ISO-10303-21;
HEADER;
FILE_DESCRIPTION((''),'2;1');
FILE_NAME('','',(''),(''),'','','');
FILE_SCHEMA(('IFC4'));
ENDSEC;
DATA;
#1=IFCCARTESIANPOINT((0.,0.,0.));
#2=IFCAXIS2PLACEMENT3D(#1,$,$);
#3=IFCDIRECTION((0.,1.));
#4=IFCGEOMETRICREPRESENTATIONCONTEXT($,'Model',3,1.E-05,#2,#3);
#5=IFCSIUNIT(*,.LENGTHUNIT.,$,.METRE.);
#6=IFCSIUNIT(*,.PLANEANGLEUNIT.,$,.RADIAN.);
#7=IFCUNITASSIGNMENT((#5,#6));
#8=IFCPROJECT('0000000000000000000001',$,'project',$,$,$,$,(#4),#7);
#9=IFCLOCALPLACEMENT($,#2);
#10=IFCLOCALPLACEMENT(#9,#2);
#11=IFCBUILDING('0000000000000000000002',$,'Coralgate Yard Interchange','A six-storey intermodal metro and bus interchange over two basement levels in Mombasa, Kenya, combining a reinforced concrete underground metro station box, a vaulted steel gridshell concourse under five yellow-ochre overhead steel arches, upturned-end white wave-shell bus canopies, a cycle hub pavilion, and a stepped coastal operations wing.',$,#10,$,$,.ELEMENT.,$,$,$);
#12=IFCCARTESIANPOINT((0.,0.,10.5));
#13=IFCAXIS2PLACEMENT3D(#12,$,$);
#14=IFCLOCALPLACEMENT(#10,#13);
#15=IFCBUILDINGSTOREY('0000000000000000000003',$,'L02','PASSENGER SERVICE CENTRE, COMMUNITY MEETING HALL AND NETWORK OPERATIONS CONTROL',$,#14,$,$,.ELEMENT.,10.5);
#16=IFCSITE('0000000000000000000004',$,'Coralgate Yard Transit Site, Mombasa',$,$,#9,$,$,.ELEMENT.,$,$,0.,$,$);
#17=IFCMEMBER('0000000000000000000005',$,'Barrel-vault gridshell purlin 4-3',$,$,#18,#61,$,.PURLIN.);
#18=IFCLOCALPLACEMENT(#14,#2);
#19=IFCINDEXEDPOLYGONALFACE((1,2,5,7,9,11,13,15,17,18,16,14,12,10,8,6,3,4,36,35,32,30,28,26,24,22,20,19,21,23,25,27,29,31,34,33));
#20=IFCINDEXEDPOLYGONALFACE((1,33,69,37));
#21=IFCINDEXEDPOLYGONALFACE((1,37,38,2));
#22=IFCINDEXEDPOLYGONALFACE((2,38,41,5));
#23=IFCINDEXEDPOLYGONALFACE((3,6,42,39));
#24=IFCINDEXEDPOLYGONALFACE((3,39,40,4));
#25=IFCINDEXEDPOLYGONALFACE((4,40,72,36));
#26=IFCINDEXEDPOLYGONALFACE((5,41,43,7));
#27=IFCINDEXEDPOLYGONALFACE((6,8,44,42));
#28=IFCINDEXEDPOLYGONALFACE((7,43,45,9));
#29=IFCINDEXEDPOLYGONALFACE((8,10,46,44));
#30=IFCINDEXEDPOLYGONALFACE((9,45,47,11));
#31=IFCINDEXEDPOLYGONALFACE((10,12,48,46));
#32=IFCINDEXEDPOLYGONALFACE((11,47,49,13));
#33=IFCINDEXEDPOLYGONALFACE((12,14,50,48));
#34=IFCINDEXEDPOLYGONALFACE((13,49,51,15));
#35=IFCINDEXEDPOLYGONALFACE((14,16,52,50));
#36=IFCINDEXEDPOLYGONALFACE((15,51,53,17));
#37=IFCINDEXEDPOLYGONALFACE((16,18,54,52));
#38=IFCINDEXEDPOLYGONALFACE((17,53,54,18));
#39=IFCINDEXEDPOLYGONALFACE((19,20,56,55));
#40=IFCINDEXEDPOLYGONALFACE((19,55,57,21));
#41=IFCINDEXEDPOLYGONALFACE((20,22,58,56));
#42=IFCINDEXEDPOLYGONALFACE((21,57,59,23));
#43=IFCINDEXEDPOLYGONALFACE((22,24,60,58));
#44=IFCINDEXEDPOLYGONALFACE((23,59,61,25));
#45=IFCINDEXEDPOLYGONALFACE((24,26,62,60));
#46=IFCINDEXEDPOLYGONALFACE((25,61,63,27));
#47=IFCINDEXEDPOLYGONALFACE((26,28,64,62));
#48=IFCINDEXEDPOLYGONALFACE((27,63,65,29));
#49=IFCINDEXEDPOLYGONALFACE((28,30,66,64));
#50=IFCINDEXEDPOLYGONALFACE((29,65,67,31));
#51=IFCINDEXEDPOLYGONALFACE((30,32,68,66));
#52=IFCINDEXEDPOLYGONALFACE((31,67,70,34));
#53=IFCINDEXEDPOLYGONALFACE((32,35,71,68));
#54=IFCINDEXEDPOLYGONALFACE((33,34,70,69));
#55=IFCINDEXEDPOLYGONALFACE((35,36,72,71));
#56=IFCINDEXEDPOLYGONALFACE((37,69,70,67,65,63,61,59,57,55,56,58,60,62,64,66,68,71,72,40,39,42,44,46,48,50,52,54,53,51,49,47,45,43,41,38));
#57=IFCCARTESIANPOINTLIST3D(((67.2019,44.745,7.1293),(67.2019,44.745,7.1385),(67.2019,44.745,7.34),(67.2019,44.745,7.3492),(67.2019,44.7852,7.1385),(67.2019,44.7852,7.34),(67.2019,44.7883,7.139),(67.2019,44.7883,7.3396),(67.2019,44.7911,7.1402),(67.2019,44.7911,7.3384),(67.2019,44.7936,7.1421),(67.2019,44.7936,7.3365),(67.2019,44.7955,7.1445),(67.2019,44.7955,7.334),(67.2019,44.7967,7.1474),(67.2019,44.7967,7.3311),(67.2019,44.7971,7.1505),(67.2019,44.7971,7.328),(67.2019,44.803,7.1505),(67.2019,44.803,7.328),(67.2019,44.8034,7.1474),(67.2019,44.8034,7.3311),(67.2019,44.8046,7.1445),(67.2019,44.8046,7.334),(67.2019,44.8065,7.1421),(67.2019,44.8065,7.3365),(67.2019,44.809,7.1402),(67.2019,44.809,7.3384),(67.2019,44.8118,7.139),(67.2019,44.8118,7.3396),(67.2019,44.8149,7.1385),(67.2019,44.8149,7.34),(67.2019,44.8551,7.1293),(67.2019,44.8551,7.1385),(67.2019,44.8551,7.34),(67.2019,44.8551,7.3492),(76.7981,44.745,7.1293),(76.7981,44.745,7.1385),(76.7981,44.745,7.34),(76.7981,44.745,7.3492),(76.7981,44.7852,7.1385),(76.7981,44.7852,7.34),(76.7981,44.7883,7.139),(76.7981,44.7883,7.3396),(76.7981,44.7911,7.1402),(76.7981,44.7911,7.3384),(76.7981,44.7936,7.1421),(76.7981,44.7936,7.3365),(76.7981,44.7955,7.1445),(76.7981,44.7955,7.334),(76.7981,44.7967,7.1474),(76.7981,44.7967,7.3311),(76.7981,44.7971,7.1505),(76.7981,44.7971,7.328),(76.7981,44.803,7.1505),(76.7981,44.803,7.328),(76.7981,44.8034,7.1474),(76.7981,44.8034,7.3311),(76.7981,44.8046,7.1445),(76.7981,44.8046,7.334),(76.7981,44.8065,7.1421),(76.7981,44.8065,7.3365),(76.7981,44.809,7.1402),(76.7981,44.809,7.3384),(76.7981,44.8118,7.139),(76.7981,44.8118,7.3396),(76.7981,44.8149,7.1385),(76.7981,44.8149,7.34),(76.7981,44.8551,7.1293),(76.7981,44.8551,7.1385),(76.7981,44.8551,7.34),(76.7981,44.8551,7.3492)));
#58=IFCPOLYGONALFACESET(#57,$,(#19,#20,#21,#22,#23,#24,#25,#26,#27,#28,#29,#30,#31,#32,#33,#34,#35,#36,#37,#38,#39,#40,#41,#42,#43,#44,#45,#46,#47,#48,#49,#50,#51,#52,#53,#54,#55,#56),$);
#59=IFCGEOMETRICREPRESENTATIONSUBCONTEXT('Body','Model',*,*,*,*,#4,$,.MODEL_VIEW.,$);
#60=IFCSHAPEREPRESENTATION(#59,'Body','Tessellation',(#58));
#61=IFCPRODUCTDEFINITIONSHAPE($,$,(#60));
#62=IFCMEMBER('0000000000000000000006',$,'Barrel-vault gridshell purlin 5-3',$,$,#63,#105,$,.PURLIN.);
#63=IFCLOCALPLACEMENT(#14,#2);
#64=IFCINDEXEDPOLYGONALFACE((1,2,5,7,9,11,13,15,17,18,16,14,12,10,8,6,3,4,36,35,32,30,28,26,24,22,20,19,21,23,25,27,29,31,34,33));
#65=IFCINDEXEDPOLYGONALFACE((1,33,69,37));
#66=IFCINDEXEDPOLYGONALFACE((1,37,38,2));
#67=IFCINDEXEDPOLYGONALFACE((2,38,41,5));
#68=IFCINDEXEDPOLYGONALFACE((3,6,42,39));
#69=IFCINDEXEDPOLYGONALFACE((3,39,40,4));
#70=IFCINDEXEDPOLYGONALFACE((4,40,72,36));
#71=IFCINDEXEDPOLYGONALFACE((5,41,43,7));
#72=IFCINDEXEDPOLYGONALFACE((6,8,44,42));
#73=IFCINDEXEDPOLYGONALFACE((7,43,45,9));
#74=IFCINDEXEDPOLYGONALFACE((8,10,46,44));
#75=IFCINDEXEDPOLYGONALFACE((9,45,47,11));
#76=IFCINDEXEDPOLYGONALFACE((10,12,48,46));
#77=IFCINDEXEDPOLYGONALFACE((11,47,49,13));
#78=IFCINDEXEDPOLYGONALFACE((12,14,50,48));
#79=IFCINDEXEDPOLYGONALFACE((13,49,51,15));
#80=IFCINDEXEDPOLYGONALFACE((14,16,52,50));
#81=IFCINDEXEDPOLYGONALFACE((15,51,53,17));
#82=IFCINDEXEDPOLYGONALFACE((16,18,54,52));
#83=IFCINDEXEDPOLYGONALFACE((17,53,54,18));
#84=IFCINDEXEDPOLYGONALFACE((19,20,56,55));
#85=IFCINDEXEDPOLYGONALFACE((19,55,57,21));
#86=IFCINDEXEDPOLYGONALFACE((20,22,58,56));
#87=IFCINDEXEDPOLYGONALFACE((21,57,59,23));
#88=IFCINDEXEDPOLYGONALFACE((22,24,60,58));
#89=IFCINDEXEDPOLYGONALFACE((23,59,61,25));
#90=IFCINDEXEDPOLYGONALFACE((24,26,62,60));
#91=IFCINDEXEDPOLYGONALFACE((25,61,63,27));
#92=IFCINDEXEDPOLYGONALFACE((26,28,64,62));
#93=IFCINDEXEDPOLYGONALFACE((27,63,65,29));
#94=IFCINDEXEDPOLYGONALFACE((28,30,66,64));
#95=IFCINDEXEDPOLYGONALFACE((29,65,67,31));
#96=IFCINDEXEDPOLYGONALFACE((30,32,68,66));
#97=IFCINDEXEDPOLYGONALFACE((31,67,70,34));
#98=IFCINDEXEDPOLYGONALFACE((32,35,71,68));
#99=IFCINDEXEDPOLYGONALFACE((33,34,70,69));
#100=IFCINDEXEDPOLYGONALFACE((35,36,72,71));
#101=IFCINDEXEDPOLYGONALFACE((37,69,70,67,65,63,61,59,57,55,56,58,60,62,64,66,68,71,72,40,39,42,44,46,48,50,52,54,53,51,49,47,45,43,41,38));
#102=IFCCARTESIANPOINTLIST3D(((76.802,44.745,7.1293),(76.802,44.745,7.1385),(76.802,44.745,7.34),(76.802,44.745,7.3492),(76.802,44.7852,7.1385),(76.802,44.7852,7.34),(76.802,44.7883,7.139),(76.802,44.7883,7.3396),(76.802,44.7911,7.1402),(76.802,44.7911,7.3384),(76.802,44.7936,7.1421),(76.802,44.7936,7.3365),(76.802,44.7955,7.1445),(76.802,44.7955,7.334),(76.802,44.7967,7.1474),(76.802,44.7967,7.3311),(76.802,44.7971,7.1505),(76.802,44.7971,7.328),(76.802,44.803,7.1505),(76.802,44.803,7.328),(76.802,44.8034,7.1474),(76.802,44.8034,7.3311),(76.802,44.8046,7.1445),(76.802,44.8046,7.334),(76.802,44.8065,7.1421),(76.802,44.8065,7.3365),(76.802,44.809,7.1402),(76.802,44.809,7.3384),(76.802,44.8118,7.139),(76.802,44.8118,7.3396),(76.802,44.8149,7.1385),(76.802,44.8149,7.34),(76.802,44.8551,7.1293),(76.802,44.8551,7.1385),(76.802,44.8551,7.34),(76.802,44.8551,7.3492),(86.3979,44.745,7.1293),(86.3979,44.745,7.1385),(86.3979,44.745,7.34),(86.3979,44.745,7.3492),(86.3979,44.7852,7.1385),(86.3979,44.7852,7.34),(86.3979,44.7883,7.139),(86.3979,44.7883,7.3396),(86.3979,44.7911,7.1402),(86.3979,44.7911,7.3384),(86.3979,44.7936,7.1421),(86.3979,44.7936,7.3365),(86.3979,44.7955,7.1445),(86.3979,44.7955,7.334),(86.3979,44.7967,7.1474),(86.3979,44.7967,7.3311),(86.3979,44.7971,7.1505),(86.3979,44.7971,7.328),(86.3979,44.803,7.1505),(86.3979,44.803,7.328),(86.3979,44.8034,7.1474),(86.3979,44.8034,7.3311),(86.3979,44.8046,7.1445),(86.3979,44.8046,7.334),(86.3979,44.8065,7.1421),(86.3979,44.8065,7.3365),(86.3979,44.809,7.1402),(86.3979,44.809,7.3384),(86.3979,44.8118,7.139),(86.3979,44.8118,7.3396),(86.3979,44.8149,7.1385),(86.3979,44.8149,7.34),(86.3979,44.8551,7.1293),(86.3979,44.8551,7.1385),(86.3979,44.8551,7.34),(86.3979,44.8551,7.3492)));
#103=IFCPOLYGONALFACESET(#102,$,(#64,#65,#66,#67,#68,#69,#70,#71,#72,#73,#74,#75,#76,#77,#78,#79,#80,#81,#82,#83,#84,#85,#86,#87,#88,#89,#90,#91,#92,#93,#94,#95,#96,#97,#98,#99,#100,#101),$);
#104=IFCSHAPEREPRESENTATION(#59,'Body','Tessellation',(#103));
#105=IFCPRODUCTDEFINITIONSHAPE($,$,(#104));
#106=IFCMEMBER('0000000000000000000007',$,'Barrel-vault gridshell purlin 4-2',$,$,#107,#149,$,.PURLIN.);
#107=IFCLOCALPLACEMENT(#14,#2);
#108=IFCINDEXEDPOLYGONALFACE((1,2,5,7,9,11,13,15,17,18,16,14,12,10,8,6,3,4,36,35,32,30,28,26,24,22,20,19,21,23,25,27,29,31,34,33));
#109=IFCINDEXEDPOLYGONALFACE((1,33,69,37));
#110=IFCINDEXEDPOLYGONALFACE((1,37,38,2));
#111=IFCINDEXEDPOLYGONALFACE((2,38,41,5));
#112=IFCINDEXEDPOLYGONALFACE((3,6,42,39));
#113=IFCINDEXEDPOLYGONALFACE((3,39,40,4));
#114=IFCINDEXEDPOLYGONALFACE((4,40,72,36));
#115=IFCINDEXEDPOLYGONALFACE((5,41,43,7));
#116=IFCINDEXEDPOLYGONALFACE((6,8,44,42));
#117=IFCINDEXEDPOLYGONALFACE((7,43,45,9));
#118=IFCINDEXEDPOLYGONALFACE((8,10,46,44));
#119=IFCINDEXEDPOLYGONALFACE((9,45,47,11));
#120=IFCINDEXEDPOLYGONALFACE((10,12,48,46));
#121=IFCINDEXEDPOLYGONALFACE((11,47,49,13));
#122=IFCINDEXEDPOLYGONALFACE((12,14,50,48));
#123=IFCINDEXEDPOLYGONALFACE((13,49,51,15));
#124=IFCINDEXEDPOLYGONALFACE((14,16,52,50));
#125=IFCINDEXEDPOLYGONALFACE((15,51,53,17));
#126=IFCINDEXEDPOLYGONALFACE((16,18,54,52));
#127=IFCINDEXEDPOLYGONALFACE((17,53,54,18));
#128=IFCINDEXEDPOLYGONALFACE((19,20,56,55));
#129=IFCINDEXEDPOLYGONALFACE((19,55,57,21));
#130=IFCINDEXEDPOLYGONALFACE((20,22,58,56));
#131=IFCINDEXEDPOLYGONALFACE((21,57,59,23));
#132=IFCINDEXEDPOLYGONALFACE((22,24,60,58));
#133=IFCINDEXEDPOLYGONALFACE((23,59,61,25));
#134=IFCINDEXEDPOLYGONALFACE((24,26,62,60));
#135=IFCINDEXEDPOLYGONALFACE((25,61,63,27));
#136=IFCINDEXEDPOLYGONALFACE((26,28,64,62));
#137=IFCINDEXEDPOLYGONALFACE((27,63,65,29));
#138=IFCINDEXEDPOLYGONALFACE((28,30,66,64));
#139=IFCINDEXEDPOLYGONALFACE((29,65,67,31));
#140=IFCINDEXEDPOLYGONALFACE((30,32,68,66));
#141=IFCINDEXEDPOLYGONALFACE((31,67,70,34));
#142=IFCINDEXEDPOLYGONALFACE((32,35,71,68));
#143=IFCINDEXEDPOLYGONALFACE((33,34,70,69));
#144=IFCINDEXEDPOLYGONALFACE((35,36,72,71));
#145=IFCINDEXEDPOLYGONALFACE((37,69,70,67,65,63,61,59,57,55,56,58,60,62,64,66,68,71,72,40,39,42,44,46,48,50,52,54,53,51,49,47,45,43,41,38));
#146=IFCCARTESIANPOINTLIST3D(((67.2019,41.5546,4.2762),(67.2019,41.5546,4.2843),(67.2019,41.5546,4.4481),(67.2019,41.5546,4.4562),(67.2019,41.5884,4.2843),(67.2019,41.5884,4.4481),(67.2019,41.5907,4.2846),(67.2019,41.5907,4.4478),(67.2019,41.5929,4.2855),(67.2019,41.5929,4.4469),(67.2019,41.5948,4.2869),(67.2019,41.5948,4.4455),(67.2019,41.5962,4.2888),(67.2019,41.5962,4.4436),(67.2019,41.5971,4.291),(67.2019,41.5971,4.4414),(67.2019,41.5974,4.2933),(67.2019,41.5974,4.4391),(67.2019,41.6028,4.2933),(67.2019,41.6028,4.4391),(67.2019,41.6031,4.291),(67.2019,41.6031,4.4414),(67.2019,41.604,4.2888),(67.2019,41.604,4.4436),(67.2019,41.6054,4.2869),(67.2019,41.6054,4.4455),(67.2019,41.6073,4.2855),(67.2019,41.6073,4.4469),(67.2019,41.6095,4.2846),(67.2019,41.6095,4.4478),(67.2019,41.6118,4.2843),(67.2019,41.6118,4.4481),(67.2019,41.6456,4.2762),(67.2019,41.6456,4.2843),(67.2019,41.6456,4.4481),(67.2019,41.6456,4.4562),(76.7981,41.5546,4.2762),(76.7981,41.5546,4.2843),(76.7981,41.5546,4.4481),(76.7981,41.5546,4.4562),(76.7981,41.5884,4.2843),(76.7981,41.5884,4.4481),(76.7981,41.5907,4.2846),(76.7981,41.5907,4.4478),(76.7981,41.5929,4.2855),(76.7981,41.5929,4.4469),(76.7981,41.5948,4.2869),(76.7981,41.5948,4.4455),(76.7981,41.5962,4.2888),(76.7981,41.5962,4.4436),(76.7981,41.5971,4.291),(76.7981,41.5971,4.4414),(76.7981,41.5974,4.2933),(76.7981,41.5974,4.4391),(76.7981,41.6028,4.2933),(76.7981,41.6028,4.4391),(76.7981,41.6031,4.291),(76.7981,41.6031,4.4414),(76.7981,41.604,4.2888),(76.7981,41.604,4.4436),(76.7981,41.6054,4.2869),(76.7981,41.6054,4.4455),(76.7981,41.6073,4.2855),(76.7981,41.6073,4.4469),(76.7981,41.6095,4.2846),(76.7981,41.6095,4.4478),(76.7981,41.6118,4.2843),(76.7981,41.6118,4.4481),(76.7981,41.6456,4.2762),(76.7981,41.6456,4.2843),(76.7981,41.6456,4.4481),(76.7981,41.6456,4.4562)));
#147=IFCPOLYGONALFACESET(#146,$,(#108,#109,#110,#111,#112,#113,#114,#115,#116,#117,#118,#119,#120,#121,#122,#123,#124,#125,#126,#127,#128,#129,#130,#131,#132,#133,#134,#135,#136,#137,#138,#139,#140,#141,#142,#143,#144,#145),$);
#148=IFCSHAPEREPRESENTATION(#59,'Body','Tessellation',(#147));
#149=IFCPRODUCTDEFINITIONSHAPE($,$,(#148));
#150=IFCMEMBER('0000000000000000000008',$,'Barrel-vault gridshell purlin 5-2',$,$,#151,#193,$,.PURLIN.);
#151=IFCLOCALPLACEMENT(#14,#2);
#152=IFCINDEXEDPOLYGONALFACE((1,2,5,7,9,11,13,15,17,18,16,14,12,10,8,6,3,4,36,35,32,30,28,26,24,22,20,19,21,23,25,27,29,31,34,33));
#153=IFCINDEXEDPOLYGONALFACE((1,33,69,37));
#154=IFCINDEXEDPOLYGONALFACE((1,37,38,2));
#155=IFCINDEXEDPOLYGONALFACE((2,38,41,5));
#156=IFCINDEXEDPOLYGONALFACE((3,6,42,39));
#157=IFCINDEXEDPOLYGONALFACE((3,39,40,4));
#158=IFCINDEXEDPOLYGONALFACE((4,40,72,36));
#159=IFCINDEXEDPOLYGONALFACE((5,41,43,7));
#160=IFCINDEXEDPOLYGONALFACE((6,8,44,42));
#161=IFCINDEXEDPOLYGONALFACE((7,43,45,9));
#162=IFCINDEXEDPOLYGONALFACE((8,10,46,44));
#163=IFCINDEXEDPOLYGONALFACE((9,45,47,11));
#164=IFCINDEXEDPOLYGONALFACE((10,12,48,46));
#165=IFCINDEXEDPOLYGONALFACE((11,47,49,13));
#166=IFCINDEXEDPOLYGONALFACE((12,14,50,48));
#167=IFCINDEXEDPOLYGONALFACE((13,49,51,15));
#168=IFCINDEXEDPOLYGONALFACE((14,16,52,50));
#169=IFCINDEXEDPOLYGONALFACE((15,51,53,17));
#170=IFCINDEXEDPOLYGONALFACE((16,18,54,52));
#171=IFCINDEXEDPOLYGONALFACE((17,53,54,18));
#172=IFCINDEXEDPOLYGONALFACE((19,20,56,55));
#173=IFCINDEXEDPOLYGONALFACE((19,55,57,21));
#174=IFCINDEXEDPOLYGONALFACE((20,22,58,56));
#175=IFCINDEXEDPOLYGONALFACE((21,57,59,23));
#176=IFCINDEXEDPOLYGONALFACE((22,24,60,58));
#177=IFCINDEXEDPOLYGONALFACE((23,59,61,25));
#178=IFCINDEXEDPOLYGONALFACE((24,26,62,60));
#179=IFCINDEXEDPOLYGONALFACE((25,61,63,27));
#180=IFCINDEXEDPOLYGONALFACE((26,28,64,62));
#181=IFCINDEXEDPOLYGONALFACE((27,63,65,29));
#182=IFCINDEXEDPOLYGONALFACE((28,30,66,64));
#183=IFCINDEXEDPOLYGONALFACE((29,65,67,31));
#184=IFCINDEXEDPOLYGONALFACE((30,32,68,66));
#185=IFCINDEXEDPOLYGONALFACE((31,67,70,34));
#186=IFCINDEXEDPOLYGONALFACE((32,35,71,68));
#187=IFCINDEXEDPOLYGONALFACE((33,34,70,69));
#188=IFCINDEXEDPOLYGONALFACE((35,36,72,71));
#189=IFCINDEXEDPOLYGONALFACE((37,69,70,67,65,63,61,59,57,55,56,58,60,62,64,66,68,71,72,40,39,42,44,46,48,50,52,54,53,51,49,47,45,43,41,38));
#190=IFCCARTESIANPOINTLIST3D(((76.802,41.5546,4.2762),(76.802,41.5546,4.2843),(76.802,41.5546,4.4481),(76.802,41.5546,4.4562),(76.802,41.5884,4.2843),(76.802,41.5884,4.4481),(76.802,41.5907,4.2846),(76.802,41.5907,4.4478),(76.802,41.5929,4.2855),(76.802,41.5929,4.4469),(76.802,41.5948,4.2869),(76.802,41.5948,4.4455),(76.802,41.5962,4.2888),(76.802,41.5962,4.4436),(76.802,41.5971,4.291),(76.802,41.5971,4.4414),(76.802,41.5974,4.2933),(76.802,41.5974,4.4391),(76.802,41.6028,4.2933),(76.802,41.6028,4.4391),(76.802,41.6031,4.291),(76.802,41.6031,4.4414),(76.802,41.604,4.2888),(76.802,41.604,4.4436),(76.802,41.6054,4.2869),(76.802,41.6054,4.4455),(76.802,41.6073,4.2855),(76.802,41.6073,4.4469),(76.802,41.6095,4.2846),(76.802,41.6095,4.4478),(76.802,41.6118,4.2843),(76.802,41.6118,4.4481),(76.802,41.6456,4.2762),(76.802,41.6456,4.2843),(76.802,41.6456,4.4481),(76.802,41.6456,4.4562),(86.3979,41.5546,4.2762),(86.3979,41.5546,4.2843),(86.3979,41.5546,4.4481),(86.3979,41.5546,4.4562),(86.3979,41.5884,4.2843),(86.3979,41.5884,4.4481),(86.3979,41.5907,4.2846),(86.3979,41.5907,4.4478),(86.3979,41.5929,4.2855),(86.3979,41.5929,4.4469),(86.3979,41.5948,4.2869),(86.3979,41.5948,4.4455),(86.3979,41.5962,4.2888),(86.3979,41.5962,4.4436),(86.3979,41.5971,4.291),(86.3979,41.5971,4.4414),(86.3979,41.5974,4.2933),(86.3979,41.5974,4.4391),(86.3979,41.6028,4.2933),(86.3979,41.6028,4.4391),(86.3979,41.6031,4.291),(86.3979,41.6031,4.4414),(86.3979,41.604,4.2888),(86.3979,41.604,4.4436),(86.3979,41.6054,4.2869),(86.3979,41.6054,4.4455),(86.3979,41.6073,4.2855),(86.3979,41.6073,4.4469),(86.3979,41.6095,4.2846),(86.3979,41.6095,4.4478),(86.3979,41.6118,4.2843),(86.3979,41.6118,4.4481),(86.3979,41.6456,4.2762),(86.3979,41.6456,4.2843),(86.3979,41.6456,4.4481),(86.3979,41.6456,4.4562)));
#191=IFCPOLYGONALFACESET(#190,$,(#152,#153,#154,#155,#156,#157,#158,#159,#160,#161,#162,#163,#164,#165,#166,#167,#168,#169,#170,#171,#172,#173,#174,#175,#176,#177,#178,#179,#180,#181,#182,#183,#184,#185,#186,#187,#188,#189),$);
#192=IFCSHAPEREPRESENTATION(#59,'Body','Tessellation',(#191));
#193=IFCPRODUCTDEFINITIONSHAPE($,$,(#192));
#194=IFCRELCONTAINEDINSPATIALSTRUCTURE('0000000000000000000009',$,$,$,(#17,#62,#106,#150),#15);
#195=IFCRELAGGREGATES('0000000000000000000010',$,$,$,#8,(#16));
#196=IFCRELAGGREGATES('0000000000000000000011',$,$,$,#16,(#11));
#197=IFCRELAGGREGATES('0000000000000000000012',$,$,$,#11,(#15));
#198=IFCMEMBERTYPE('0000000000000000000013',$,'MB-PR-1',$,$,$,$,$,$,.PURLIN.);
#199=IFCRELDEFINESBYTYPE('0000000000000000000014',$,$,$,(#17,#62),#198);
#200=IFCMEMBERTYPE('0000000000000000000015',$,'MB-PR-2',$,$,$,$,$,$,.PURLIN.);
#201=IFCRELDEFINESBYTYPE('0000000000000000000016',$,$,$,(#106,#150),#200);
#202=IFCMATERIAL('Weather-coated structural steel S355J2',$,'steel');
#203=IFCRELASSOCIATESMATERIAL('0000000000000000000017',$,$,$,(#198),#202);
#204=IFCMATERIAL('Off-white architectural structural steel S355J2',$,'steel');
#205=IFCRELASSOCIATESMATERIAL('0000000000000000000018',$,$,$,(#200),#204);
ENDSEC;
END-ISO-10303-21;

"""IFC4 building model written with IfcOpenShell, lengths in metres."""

from ifc_helpers import new_model, si_unit, direction, frame, origin, origin_2d, place, context, subcontext, project, spatial, i_section, extrude, material, material_profile, profile_set, type_object, element, save


model = new_model("IFC4")

# Units and contexts
model_context = context("Model", 3, precision=1e-05, world=origin(), true_north=direction((0.0, 1.0)))
body_context = subcontext(model_context, "Body", "Model", "MODEL_VIEW")
ifc_project = project(units=[si_unit("LENGTHUNIT", "METRE"), si_unit("PLANEANGLEUNIT", "RADIAN")], contexts=[model_context])

# Site, building, storey
site_placement = place(None, origin())
site = spatial("IfcSite", under=ifc_project, at=site_placement, Name="Coralgate Yard Transit Site, Mombasa", CompositionType="ELEMENT", RefElevation=0.0)
building_placement = place(site_placement, origin())
building = spatial("IfcBuilding", under=site, at=building_placement, Name="Coralgate Yard Interchange", Description="A six-storey intermodal metro and bus interchange over two basement levels in Mombasa, Kenya, combining a reinforced concrete underground metro station box, a vaulted steel gridshell concourse under five yellow-ochre overhead steel arches, upturned-end white wave-shell bus canopies, a cycle hub pavilion, and a stepped coastal operations wing.", CompositionType="ELEMENT")
storey_placement = place(building_placement, frame((0.0, 0.0, 10.5)))
storey = spatial("IfcBuildingStorey", under=building, at=storey_placement, Name="L02", Description="PASSENGER SERVICE CENTRE, COMMUNITY MEETING HALL AND NETWORK OPERATIONS CONTROL", CompositionType="ELEMENT", Elevation=10.5)

# Shared definitions
ifc_material_1 = material(Name="Weather-coated structural steel S355J2", Category="steel")

# Members
ifc_material_profile_1 = material_profile(ifc_material_1, i_section(OverallWidth=0.1101, OverallDepth=0.22, WebThickness=0.0059, FlangeThickness=0.0093, FilletRadius=0.012, at=origin_2d()), Name="IPE 220")
ifc_profile_set_1 = profile_set([ifc_material_profile_1], Name="Weather-coated structural steel S355J2")
member_type_1 = type_object("IfcMemberType", Name="MB-PR-1", PredefinedType="PURLIN", material=ifc_profile_set_1)
member_1_placement = place(storey_placement, frame((67.2019, 44.8, 7.2393), z_axis=(1.0, 0.0, 0.0), x_axis=(0.0, 1.0, 0.0)))
element("IfcMember", 1, at=member_1_placement, inside=storey, type_object=member_type_1, Name="Barrel-vault gridshell purlin 4-3", PredefinedType="PURLIN", context=body_context, shape_type="SweptSolid", body=[
    extrude(i_section(OverallWidth=0.1101, OverallDepth=0.22, WebThickness=0.0059, FlangeThickness=0.0093, FilletRadius=0.012, at=origin_2d()), origin(), (0.0, 0.0, 1.0), 9.5962),
])
member_2_placement = place(storey_placement, frame((76.802, 44.8, 7.2393), z_axis=(1.0, 0.0, 0.0), x_axis=(0.0, 1.0, 0.0)))
element("IfcMember", 2, at=member_2_placement, inside=storey, type_object=member_type_1, Name="Barrel-vault gridshell purlin 5-3", PredefinedType="PURLIN", context=body_context, shape_type="SweptSolid", body=[
    extrude(i_section(OverallWidth=0.1101, OverallDepth=0.22, WebThickness=0.0059, FlangeThickness=0.0093, FilletRadius=0.012, at=origin_2d()), origin(), (0.0, 0.0, 1.0), 9.5959),
])
ifc_material_2 = material(Name="Off-white architectural structural steel S355J2", Category="steel")
ifc_material_profile_2 = material_profile(ifc_material_2, i_section(OverallWidth=0.0911, OverallDepth=0.1799, WebThickness=0.0054, FlangeThickness=0.0081, FilletRadius=0.009, at=origin_2d()), Name="IPE 180")
ifc_profile_set_2 = profile_set([ifc_material_profile_2], Name="Off-white architectural structural steel S355J2")
member_type_2 = type_object("IfcMemberType", Name="MB-PR-2", PredefinedType="PURLIN", material=ifc_profile_set_2)
member_3_placement = place(storey_placement, frame((67.2019, 41.6001, 4.3662), z_axis=(1.0, 0.0, 0.0), x_axis=(0.0, 1.0, 0.0)))
element("IfcMember", 3, at=member_3_placement, inside=storey, type_object=member_type_2, Name="Barrel-vault gridshell purlin 4-2", PredefinedType="PURLIN", context=body_context, shape_type="SweptSolid", body=[
    extrude(i_section(OverallWidth=0.0911, OverallDepth=0.1799, WebThickness=0.0054, FlangeThickness=0.0081, FilletRadius=0.009, at=origin_2d()), origin(), (0.0, 0.0, 1.0), 9.5962),
])
member_4_placement = place(storey_placement, frame((76.802, 41.6001, 4.3662), z_axis=(1.0, 0.0, 0.0), x_axis=(0.0, 1.0, 0.0)))
element("IfcMember", 4, at=member_4_placement, inside=storey, type_object=member_type_2, Name="Barrel-vault gridshell purlin 5-2", PredefinedType="PURLIN", context=body_context, shape_type="SweptSolid", body=[
    extrude(i_section(OverallWidth=0.0911, OverallDepth=0.1799, WebThickness=0.0054, FlangeThickness=0.0081, FilletRadius=0.009, at=origin_2d()), origin(), (0.0, 0.0, 1.0), 9.5959),
])

save(model, "model.ifc")
